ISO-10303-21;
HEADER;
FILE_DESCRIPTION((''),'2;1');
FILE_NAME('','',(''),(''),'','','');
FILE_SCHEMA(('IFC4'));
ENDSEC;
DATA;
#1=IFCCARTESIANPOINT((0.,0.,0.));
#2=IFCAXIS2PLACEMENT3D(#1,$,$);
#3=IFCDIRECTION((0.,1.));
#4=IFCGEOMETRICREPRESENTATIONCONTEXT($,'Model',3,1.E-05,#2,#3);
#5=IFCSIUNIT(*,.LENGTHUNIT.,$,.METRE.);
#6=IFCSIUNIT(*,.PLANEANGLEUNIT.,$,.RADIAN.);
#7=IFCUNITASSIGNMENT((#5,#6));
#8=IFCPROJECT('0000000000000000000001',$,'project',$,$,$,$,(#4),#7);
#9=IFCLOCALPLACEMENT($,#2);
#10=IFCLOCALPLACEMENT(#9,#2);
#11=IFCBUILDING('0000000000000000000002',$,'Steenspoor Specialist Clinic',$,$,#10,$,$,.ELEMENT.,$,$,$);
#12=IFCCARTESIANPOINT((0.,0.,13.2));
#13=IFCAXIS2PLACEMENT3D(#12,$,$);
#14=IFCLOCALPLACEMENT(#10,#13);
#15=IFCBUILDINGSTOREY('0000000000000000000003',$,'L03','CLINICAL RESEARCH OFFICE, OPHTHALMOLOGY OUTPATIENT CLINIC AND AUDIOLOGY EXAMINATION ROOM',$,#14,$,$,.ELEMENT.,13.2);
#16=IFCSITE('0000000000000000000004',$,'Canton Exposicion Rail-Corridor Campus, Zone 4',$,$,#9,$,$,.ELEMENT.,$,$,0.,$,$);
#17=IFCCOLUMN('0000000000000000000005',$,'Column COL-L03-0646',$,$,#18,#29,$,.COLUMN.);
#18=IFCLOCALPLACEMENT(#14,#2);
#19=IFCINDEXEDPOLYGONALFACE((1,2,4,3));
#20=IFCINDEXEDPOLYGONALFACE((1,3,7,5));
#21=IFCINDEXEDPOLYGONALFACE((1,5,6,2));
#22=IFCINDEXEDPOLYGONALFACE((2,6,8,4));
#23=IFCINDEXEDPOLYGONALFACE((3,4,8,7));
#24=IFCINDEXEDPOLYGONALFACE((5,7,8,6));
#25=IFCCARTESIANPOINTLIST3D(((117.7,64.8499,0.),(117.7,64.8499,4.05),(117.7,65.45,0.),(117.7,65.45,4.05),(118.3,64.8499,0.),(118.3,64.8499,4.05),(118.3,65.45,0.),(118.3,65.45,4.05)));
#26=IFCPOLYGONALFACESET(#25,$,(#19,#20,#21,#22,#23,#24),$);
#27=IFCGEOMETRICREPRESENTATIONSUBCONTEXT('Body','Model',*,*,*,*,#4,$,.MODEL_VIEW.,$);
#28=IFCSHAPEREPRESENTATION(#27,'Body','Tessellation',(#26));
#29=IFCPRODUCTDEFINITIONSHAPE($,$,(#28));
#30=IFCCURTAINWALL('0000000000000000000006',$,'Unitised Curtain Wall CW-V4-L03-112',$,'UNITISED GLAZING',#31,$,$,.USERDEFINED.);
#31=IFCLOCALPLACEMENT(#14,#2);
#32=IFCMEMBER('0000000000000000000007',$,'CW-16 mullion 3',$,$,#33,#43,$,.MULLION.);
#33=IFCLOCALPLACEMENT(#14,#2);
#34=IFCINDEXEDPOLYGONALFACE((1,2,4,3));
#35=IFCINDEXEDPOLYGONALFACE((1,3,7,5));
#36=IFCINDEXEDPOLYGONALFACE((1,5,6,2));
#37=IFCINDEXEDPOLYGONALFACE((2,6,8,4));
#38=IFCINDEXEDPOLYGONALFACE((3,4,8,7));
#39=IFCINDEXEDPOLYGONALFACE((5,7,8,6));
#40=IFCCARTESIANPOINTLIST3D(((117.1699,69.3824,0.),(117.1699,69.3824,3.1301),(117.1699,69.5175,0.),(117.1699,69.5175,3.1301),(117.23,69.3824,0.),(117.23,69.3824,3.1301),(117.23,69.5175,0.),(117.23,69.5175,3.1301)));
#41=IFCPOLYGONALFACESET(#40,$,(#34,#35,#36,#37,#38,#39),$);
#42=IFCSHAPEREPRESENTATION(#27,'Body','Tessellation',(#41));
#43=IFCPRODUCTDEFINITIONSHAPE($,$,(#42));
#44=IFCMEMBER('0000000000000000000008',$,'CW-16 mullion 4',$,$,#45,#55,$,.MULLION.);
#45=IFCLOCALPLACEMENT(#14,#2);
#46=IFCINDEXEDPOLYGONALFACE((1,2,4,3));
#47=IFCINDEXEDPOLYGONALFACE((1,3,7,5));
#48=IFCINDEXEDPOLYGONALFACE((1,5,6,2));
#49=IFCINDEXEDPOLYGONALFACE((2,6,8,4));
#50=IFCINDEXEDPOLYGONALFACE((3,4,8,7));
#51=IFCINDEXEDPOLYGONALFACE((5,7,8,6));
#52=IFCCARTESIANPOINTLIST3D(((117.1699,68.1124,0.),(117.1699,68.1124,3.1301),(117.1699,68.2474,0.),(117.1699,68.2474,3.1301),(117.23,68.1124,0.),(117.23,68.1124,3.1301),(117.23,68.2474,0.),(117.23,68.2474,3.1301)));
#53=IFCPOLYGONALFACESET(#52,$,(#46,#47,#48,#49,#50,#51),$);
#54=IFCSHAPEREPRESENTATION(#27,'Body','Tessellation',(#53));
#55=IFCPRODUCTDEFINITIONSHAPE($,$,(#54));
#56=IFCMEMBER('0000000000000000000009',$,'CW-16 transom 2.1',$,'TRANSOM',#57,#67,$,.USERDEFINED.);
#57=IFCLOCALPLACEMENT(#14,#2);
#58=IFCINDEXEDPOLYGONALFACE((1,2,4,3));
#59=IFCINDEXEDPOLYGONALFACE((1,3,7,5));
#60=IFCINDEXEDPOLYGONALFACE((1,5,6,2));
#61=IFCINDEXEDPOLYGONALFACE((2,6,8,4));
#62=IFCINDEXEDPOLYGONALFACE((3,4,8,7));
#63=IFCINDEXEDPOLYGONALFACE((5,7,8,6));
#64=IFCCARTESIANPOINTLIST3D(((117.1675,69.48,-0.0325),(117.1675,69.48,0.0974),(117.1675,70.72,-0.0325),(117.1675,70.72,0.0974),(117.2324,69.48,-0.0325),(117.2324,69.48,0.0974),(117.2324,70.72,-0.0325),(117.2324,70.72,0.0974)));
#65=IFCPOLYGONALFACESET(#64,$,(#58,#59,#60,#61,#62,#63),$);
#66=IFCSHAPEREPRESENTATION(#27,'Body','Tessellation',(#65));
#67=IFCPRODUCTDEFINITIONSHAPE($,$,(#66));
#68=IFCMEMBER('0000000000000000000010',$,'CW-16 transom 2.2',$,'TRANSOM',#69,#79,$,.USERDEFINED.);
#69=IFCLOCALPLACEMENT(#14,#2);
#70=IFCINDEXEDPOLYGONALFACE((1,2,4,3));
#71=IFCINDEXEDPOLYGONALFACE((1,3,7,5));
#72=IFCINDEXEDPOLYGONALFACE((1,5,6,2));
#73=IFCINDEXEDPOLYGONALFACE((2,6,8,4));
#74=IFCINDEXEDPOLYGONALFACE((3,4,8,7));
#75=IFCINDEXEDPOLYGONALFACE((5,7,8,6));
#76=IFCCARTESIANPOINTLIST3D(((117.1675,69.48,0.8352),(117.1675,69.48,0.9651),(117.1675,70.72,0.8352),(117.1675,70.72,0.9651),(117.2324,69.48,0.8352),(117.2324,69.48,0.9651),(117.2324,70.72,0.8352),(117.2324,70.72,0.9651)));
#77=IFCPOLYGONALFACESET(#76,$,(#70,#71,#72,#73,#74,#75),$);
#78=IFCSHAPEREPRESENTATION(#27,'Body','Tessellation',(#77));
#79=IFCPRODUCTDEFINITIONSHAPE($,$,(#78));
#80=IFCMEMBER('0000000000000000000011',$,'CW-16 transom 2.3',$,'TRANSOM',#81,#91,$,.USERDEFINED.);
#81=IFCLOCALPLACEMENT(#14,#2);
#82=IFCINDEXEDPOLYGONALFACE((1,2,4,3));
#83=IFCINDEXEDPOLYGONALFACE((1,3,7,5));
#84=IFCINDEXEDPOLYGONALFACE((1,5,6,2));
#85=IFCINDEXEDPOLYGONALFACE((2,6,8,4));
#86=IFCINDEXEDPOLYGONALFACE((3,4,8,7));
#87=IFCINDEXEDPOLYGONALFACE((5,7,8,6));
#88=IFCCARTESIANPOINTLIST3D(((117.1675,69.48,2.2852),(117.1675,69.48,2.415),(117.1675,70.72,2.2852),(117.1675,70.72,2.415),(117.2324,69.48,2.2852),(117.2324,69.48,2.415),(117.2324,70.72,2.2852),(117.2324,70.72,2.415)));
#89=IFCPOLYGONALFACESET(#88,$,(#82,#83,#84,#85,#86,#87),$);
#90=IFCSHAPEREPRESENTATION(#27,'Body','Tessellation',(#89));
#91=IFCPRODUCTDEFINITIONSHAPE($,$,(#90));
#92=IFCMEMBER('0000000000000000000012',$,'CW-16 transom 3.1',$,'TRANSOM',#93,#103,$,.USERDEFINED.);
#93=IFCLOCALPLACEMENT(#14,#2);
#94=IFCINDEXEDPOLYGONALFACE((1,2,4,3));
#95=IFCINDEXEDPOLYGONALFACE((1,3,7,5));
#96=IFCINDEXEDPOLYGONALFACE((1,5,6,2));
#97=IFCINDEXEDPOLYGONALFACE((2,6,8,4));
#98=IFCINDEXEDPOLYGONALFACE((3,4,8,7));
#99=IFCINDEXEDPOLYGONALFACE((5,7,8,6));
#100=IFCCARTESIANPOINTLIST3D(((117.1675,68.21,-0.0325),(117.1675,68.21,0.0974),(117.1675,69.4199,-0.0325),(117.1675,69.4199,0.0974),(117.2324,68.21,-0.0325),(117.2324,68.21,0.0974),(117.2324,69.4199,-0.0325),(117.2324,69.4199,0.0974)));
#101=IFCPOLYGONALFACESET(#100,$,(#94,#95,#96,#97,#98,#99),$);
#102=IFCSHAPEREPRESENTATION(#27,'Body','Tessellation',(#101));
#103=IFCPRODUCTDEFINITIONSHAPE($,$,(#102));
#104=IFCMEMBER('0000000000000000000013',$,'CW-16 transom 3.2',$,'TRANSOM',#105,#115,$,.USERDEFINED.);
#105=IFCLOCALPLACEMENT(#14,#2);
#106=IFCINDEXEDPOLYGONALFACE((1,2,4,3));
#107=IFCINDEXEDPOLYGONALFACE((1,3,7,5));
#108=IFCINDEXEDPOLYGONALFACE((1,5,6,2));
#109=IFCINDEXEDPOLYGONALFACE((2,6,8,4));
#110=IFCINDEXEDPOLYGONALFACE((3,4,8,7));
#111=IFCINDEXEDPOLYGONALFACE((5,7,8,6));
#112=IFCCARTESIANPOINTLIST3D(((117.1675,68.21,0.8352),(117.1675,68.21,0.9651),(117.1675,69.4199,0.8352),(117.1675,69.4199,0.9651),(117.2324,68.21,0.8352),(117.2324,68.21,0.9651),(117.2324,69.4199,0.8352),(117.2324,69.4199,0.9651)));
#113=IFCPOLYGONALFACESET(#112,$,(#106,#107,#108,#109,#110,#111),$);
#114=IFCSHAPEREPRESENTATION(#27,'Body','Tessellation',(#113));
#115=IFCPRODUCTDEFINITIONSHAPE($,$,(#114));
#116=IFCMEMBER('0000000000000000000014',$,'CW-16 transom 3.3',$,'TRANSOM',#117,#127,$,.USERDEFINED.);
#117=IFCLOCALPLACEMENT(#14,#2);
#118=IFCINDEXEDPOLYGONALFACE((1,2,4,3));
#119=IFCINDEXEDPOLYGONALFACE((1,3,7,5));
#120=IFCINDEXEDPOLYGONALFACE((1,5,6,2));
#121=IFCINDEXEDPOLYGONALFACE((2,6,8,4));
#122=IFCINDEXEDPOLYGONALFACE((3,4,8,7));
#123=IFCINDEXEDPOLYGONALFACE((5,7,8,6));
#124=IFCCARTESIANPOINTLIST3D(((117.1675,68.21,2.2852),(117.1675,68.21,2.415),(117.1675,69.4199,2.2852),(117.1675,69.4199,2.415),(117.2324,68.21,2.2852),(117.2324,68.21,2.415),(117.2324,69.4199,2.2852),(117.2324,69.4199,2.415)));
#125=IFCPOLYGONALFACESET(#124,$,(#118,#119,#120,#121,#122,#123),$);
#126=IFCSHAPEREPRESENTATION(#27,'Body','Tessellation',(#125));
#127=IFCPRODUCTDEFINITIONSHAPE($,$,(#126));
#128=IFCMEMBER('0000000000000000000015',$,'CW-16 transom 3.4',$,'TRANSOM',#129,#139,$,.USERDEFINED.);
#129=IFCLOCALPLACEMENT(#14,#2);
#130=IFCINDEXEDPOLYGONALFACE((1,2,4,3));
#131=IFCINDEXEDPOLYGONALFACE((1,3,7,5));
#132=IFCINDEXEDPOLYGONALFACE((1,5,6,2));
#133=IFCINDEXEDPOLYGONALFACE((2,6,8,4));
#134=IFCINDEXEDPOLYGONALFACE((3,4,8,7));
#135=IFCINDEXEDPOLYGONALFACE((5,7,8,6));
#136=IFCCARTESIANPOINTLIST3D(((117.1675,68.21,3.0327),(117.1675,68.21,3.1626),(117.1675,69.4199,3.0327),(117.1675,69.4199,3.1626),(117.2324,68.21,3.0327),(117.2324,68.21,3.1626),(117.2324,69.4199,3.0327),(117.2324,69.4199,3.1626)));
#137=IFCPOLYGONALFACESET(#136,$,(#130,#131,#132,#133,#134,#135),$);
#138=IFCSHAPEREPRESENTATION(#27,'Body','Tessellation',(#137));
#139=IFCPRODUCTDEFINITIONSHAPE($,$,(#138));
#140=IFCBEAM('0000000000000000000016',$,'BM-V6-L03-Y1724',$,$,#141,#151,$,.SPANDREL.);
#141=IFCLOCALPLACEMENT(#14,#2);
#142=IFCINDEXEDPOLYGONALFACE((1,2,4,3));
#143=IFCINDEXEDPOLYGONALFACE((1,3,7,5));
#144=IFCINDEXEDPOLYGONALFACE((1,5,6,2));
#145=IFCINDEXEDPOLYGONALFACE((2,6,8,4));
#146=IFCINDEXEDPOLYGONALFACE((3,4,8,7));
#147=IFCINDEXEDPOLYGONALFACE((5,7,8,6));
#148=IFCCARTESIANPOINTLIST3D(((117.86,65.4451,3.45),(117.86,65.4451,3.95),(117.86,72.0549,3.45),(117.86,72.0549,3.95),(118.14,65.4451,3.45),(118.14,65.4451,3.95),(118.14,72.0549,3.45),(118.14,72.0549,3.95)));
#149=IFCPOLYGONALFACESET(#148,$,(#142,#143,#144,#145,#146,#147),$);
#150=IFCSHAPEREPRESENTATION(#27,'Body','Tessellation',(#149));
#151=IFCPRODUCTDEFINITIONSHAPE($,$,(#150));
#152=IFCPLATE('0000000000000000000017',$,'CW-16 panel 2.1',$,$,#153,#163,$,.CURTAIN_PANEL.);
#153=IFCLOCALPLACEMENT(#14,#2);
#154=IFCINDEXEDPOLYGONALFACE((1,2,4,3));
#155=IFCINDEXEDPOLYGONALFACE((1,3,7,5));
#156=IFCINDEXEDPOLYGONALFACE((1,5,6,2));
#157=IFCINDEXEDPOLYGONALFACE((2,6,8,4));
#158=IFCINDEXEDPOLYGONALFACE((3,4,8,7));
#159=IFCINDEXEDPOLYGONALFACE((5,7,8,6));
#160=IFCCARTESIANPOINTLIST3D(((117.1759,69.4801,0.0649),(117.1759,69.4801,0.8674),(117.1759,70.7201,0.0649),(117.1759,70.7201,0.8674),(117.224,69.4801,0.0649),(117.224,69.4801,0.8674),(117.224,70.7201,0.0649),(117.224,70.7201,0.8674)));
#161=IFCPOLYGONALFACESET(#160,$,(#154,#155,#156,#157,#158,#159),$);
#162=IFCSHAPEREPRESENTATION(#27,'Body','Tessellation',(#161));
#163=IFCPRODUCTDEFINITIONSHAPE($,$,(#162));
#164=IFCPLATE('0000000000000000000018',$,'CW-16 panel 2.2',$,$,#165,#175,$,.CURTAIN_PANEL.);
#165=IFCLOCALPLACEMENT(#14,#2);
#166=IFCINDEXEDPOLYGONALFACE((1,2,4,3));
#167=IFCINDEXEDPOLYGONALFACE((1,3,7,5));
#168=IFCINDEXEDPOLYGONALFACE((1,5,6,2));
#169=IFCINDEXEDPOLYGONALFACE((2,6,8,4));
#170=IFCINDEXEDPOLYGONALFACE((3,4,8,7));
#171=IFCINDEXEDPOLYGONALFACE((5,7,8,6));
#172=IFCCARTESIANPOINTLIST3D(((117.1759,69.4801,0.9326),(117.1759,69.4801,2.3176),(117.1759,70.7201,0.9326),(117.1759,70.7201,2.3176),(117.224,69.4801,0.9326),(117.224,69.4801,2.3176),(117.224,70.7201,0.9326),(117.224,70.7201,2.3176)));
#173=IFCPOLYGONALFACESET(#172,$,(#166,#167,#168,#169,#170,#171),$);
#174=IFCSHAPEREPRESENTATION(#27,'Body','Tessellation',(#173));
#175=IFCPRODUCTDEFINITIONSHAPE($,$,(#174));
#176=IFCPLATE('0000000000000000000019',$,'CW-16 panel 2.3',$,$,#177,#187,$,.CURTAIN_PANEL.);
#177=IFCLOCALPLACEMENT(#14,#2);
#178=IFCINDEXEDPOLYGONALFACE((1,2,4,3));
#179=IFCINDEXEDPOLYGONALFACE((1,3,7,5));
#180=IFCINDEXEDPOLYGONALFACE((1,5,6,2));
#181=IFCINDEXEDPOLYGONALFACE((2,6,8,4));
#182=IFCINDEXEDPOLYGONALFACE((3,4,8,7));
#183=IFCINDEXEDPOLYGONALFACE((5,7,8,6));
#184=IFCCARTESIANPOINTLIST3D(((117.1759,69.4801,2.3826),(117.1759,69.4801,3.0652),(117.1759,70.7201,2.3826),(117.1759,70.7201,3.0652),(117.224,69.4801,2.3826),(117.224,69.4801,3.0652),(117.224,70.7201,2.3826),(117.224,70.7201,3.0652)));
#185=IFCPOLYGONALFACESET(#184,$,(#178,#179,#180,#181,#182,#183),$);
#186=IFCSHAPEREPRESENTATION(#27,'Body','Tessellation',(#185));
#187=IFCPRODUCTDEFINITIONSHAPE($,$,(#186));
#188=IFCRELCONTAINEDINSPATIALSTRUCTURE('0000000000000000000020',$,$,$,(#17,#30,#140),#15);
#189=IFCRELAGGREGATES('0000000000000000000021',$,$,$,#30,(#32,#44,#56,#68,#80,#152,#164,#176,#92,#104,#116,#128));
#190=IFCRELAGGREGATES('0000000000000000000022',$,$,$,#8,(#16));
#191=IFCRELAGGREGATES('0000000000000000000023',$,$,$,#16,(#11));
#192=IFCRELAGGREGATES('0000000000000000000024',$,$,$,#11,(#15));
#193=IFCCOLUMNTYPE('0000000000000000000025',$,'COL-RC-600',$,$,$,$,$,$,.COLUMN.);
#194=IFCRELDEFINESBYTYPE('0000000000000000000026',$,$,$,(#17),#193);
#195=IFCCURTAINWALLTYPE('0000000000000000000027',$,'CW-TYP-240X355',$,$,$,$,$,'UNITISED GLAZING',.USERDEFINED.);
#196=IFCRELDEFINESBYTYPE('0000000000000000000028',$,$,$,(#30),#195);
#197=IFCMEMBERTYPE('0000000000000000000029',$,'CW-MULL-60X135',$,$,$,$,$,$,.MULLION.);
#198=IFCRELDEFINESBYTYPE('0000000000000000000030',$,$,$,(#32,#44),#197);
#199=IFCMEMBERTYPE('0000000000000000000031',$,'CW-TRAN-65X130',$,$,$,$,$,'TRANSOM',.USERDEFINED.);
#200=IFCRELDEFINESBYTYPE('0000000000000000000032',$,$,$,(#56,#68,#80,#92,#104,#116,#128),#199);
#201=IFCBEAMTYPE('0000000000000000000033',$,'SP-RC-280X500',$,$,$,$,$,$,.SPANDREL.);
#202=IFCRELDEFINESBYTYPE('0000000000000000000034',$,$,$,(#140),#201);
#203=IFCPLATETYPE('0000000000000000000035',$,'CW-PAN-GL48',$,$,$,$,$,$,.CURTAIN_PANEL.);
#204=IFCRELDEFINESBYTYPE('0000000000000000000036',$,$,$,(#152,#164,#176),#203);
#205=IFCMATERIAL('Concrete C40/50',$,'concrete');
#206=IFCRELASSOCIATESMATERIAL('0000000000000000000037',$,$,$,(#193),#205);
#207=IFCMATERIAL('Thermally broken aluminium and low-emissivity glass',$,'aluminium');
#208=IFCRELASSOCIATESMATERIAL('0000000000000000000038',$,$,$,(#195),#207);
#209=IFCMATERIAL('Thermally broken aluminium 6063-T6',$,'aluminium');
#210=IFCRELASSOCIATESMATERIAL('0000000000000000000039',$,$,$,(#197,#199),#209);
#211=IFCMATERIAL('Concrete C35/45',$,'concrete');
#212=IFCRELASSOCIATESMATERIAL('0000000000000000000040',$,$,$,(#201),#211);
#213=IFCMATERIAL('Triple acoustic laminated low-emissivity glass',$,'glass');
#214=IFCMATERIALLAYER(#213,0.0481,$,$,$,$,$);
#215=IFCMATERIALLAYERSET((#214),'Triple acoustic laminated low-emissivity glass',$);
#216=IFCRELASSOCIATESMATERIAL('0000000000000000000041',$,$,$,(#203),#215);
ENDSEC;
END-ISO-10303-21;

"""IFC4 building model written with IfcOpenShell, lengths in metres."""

from ifc_helpers import new_model, si_unit, direction, frame, origin, origin_2d, place, context, subcontext, project, spatial, rectangle, extrude, material, layer, layer_set, material_profile, profile_set, type_object, element, aggregate, save


model = new_model("IFC4")

# Units and contexts
model_context = context("Model", 3, precision=1e-05, world=origin(), true_north=direction((0.0, 1.0)))
body_context = subcontext(model_context, "Body", "Model", "MODEL_VIEW")
ifc_project = project(units=[si_unit("LENGTHUNIT", "METRE"), si_unit("PLANEANGLEUNIT", "RADIAN")], contexts=[model_context])

# Site, building, storey
site_placement = place(None, origin())
site = spatial("IfcSite", under=ifc_project, at=site_placement, Name="Canton Exposicion Rail-Corridor Campus, Zone 4", CompositionType="ELEMENT", RefElevation=0.0)
building_placement = place(site_placement, origin())
building = spatial("IfcBuilding", under=site, at=building_placement, Name="Steenspoor Specialist Clinic", CompositionType="ELEMENT")
storey_placement = place(building_placement, frame((0.0, 0.0, 13.2)))
storey = spatial("IfcBuildingStorey", under=building, at=storey_placement, Name="L03", Description="CLINICAL RESEARCH OFFICE, OPHTHALMOLOGY OUTPATIENT CLINIC AND AUDIOLOGY EXAMINATION ROOM", CompositionType="ELEMENT", Elevation=13.2)

# Column
ifc_material_1 = material(Name="Concrete C40/50", Category="concrete")
ifc_material_profile_1 = material_profile(ifc_material_1, rectangle(XDim=0.6001, YDim=0.6001, at=origin_2d()), Name="RC-COL-600X600")
ifc_profile_set_1 = profile_set([ifc_material_profile_1], Name="Concrete C40/50")
column_type = type_object("IfcColumnType", Name="COL-RC-600", PredefinedType="COLUMN", material=ifc_profile_set_1)
column_placement = place(storey_placement, frame((118.0, 65.1499, 0.0), z_axis=(0.0, 0.0, 1.0), x_axis=(1.0, 0.0, 0.0)))
element("IfcColumn", 1, at=column_placement, inside=storey, type_object=column_type, Name="Column COL-L03-0646", PredefinedType="COLUMN", context=body_context, shape_type="SweptSolid", body=[
    extrude(rectangle(XDim=0.6001, YDim=0.6001, at=origin_2d()), origin(), (0.0, 0.0, 1.0), 4.05),
])

# Curtain wall, members
ifc_material_2 = material(Name="Thermally broken aluminium and low-emissivity glass", Category="aluminium")
curtain_wall_type = type_object("IfcCurtainWallType", Name="CW-TYP-240X355", ElementType="UNITISED GLAZING", PredefinedType="USERDEFINED", material=ifc_material_2)
curtain_wall_placement = place(storey_placement, origin())
curtain_wall = element("IfcCurtainWall", 2, at=curtain_wall_placement, inside=storey, type_object=curtain_wall_type, Name="Unitised Curtain Wall CW-V4-L03-112", ObjectType="UNITISED GLAZING", PredefinedType="USERDEFINED")
ifc_material_3 = material(Name="Thermally broken aluminium 6063-T6", Category="aluminium")
ifc_material_profile_2 = material_profile(ifc_material_3, rectangle(XDim=0.0601, YDim=0.135, at=origin_2d()), Name="CWM-60X135")
ifc_profile_set_2 = profile_set([ifc_material_profile_2], Name="Thermally broken aluminium 6063-T6")
member_type_1 = type_object("IfcMemberType", Name="CW-MULL-60X135", PredefinedType="MULLION", material=ifc_profile_set_2)
member_1_placement = place(storey_placement, frame((117.2, 69.45, 0.0), z_axis=(0.0, 0.0, 1.0), x_axis=(1.0, 0.0, 0.0)))
member_1 = element("IfcMember", 3, at=member_1_placement, type_object=member_type_1, Name="CW-16 mullion 3", PredefinedType="MULLION", context=body_context, shape_type="SweptSolid", body=[
    extrude(rectangle(XDim=0.0601, YDim=0.135, at=origin_2d()), origin(), (0.0, 0.0, 1.0), 3.1301),
])
member_2_placement = place(storey_placement, frame((117.2, 68.1799, 0.0), z_axis=(0.0, 0.0, 1.0), x_axis=(1.0, 0.0, 0.0)))
member_2 = element("IfcMember", 4, at=member_2_placement, type_object=member_type_1, Name="CW-16 mullion 4", PredefinedType="MULLION", context=body_context, shape_type="SweptSolid", body=[
    extrude(rectangle(XDim=0.0601, YDim=0.135, at=origin_2d()), origin(), (0.0, 0.0, 1.0), 3.1301),
])
ifc_material_profile_3 = material_profile(ifc_material_3, rectangle(XDim=0.0649, YDim=0.1299, at=origin_2d()), Name="CWT-65X130")
ifc_profile_set_3 = profile_set([ifc_material_profile_3], Name="Thermally broken aluminium 6063-T6")
member_type_2 = type_object("IfcMemberType", Name="CW-TRAN-65X130", ElementType="TRANSOM", PredefinedType="USERDEFINED", material=ifc_profile_set_3)
member_3_placement = place(storey_placement, frame((117.2, 70.72, 0.0325), z_axis=(0.0, -1.0, 0.0), x_axis=(1.0, 0.0, 0.0)))
member_3 = element("IfcMember", 5, at=member_3_placement, type_object=member_type_2, Name="CW-16 transom 2.1", ObjectType="TRANSOM", PredefinedType="USERDEFINED", context=body_context, shape_type="SweptSolid", body=[
    extrude(rectangle(XDim=0.0649, YDim=0.1299, at=origin_2d()), origin(), (0.0, 0.0, 1.0), 1.24),
])
member_4_placement = place(storey_placement, frame((117.2, 70.72, 0.9001), z_axis=(0.0, -1.0, 0.0), x_axis=(1.0, 0.0, 0.0)))
member_4 = element("IfcMember", 6, at=member_4_placement, type_object=member_type_2, Name="CW-16 transom 2.2", ObjectType="TRANSOM", PredefinedType="USERDEFINED", context=body_context, shape_type="SweptSolid", body=[
    extrude(rectangle(XDim=0.0649, YDim=0.1299, at=origin_2d()), origin(), (0.0, 0.0, 1.0), 1.24),
])
member_5_placement = place(storey_placement, frame((117.2, 70.72, 2.3501), z_axis=(0.0, -1.0, 0.0), x_axis=(1.0, 0.0, 0.0)))
member_5 = element("IfcMember", 7, at=member_5_placement, type_object=member_type_2, Name="CW-16 transom 2.3", ObjectType="TRANSOM", PredefinedType="USERDEFINED", context=body_context, shape_type="SweptSolid", body=[
    extrude(rectangle(XDim=0.0649, YDim=0.1299, at=origin_2d()), origin(), (0.0, 0.0, 1.0), 1.24),
])
member_6_placement = place(storey_placement, frame((117.2, 69.4199, 0.0325), z_axis=(0.0, -1.0, 0.0), x_axis=(1.0, 0.0, 0.0)))
member_6 = element("IfcMember", 8, at=member_6_placement, type_object=member_type_2, Name="CW-16 transom 3.1", ObjectType="TRANSOM", PredefinedType="USERDEFINED", context=body_context, shape_type="SweptSolid", body=[
    extrude(rectangle(XDim=0.0649, YDim=0.1299, at=origin_2d()), origin(), (0.0, 0.0, 1.0), 1.21),
])
member_7_placement = place(storey_placement, frame((117.2, 69.4199, 0.9001), z_axis=(0.0, -1.0, 0.0), x_axis=(1.0, 0.0, 0.0)))
member_7 = element("IfcMember", 9, at=member_7_placement, type_object=member_type_2, Name="CW-16 transom 3.2", ObjectType="TRANSOM", PredefinedType="USERDEFINED", context=body_context, shape_type="SweptSolid", body=[
    extrude(rectangle(XDim=0.0649, YDim=0.1299, at=origin_2d()), origin(), (0.0, 0.0, 1.0), 1.21),
])
member_8_placement = place(storey_placement, frame((117.2, 69.4199, 2.3501), z_axis=(0.0, -1.0, 0.0), x_axis=(1.0, 0.0, 0.0)))
member_8 = element("IfcMember", 10, at=member_8_placement, type_object=member_type_2, Name="CW-16 transom 3.3", ObjectType="TRANSOM", PredefinedType="USERDEFINED", context=body_context, shape_type="SweptSolid", body=[
    extrude(rectangle(XDim=0.0649, YDim=0.1299, at=origin_2d()), origin(), (0.0, 0.0, 1.0), 1.21),
])
member_9_placement = place(storey_placement, frame((117.2, 69.4199, 3.0977), z_axis=(0.0, -1.0, 0.0), x_axis=(1.0, 0.0, 0.0)))
member_9 = element("IfcMember", 11, at=member_9_placement, type_object=member_type_2, Name="CW-16 transom 3.4", ObjectType="TRANSOM", PredefinedType="USERDEFINED", context=body_context, shape_type="SweptSolid", body=[
    extrude(rectangle(XDim=0.0649, YDim=0.1299, at=origin_2d()), origin(), (0.0, 0.0, 1.0), 1.21),
])

# Beam
ifc_material_4 = material(Name="Concrete C35/45", Category="concrete")
ifc_material_profile_4 = material_profile(ifc_material_4, rectangle(XDim=0.28, YDim=0.5, at=origin_2d()), Name="RC-SP-280X500")
ifc_profile_set_4 = profile_set([ifc_material_profile_4], Name="Concrete C35/45")
beam_type = type_object("IfcBeamType", Name="SP-RC-280X500", PredefinedType="SPANDREL", material=ifc_profile_set_4)
beam_placement = place(storey_placement, frame((118.0, 65.4451, 3.7), z_axis=(0.0, 1.0, 0.0), x_axis=(-1.0, 0.0, 0.0)))
element("IfcBeam", 12, at=beam_placement, inside=storey, type_object=beam_type, Name="BM-V6-L03-Y1724", PredefinedType="SPANDREL", context=body_context, shape_type="SweptSolid", body=[
    extrude(rectangle(XDim=0.28, YDim=0.5, at=origin_2d()), origin(), (0.0, 0.0, 1.0), 6.6099),
])

# Plates
ifc_material_5 = material(Name="Triple acoustic laminated low-emissivity glass", Category="glass")
ifc_layer_1 = layer(ifc_material_5, 0.0481)
ifc_layer_set_1 = layer_set([ifc_layer_1], Name="Triple acoustic laminated low-emissivity glass")
plate_type = type_object("IfcPlateType", Name="CW-PAN-GL48", PredefinedType="CURTAIN_PANEL", material=ifc_layer_set_1)
plate_1_placement = place(storey_placement, frame((117.2, 70.1001, 0.0649), z_axis=(0.0, 0.0, 1.0), x_axis=(0.0, -1.0, 0.0)))
plate_1 = element("IfcPlate", 13, at=plate_1_placement, type_object=plate_type, Name="CW-16 panel 2.1", PredefinedType="CURTAIN_PANEL", context=body_context, shape_type="SweptSolid", body=[
    extrude(rectangle(XDim=1.24, YDim=0.0481, at=origin_2d()), origin(), (0.0, 0.0, 1.0), 0.8025),
])
plate_2_placement = place(storey_placement, frame((117.2, 70.1001, 0.9326), z_axis=(0.0, 0.0, 1.0), x_axis=(0.0, -1.0, 0.0)))
plate_2 = element("IfcPlate", 14, at=plate_2_placement, type_object=plate_type, Name="CW-16 panel 2.2", PredefinedType="CURTAIN_PANEL", context=body_context, shape_type="SweptSolid", body=[
    extrude(rectangle(XDim=1.24, YDim=0.0481, at=origin_2d()), origin(), (0.0, 0.0, 1.0), 1.385),
])
plate_3_placement = place(storey_placement, frame((117.2, 70.1001, 2.3826), z_axis=(0.0, 0.0, 1.0), x_axis=(0.0, -1.0, 0.0)))
plate_3 = element("IfcPlate", 15, at=plate_3_placement, type_object=plate_type, Name="CW-16 panel 2.3", PredefinedType="CURTAIN_PANEL", context=body_context, shape_type="SweptSolid", body=[
    extrude(rectangle(XDim=1.24, YDim=0.0481, at=origin_2d()), origin(), (0.0, 0.0, 1.0), 0.6826),
])
aggregate(curtain_wall, [member_1, member_2, member_3, member_4, member_5, plate_1, plate_2, plate_3, member_6, member_7, member_8, member_9])

save(model, "model.ifc")
